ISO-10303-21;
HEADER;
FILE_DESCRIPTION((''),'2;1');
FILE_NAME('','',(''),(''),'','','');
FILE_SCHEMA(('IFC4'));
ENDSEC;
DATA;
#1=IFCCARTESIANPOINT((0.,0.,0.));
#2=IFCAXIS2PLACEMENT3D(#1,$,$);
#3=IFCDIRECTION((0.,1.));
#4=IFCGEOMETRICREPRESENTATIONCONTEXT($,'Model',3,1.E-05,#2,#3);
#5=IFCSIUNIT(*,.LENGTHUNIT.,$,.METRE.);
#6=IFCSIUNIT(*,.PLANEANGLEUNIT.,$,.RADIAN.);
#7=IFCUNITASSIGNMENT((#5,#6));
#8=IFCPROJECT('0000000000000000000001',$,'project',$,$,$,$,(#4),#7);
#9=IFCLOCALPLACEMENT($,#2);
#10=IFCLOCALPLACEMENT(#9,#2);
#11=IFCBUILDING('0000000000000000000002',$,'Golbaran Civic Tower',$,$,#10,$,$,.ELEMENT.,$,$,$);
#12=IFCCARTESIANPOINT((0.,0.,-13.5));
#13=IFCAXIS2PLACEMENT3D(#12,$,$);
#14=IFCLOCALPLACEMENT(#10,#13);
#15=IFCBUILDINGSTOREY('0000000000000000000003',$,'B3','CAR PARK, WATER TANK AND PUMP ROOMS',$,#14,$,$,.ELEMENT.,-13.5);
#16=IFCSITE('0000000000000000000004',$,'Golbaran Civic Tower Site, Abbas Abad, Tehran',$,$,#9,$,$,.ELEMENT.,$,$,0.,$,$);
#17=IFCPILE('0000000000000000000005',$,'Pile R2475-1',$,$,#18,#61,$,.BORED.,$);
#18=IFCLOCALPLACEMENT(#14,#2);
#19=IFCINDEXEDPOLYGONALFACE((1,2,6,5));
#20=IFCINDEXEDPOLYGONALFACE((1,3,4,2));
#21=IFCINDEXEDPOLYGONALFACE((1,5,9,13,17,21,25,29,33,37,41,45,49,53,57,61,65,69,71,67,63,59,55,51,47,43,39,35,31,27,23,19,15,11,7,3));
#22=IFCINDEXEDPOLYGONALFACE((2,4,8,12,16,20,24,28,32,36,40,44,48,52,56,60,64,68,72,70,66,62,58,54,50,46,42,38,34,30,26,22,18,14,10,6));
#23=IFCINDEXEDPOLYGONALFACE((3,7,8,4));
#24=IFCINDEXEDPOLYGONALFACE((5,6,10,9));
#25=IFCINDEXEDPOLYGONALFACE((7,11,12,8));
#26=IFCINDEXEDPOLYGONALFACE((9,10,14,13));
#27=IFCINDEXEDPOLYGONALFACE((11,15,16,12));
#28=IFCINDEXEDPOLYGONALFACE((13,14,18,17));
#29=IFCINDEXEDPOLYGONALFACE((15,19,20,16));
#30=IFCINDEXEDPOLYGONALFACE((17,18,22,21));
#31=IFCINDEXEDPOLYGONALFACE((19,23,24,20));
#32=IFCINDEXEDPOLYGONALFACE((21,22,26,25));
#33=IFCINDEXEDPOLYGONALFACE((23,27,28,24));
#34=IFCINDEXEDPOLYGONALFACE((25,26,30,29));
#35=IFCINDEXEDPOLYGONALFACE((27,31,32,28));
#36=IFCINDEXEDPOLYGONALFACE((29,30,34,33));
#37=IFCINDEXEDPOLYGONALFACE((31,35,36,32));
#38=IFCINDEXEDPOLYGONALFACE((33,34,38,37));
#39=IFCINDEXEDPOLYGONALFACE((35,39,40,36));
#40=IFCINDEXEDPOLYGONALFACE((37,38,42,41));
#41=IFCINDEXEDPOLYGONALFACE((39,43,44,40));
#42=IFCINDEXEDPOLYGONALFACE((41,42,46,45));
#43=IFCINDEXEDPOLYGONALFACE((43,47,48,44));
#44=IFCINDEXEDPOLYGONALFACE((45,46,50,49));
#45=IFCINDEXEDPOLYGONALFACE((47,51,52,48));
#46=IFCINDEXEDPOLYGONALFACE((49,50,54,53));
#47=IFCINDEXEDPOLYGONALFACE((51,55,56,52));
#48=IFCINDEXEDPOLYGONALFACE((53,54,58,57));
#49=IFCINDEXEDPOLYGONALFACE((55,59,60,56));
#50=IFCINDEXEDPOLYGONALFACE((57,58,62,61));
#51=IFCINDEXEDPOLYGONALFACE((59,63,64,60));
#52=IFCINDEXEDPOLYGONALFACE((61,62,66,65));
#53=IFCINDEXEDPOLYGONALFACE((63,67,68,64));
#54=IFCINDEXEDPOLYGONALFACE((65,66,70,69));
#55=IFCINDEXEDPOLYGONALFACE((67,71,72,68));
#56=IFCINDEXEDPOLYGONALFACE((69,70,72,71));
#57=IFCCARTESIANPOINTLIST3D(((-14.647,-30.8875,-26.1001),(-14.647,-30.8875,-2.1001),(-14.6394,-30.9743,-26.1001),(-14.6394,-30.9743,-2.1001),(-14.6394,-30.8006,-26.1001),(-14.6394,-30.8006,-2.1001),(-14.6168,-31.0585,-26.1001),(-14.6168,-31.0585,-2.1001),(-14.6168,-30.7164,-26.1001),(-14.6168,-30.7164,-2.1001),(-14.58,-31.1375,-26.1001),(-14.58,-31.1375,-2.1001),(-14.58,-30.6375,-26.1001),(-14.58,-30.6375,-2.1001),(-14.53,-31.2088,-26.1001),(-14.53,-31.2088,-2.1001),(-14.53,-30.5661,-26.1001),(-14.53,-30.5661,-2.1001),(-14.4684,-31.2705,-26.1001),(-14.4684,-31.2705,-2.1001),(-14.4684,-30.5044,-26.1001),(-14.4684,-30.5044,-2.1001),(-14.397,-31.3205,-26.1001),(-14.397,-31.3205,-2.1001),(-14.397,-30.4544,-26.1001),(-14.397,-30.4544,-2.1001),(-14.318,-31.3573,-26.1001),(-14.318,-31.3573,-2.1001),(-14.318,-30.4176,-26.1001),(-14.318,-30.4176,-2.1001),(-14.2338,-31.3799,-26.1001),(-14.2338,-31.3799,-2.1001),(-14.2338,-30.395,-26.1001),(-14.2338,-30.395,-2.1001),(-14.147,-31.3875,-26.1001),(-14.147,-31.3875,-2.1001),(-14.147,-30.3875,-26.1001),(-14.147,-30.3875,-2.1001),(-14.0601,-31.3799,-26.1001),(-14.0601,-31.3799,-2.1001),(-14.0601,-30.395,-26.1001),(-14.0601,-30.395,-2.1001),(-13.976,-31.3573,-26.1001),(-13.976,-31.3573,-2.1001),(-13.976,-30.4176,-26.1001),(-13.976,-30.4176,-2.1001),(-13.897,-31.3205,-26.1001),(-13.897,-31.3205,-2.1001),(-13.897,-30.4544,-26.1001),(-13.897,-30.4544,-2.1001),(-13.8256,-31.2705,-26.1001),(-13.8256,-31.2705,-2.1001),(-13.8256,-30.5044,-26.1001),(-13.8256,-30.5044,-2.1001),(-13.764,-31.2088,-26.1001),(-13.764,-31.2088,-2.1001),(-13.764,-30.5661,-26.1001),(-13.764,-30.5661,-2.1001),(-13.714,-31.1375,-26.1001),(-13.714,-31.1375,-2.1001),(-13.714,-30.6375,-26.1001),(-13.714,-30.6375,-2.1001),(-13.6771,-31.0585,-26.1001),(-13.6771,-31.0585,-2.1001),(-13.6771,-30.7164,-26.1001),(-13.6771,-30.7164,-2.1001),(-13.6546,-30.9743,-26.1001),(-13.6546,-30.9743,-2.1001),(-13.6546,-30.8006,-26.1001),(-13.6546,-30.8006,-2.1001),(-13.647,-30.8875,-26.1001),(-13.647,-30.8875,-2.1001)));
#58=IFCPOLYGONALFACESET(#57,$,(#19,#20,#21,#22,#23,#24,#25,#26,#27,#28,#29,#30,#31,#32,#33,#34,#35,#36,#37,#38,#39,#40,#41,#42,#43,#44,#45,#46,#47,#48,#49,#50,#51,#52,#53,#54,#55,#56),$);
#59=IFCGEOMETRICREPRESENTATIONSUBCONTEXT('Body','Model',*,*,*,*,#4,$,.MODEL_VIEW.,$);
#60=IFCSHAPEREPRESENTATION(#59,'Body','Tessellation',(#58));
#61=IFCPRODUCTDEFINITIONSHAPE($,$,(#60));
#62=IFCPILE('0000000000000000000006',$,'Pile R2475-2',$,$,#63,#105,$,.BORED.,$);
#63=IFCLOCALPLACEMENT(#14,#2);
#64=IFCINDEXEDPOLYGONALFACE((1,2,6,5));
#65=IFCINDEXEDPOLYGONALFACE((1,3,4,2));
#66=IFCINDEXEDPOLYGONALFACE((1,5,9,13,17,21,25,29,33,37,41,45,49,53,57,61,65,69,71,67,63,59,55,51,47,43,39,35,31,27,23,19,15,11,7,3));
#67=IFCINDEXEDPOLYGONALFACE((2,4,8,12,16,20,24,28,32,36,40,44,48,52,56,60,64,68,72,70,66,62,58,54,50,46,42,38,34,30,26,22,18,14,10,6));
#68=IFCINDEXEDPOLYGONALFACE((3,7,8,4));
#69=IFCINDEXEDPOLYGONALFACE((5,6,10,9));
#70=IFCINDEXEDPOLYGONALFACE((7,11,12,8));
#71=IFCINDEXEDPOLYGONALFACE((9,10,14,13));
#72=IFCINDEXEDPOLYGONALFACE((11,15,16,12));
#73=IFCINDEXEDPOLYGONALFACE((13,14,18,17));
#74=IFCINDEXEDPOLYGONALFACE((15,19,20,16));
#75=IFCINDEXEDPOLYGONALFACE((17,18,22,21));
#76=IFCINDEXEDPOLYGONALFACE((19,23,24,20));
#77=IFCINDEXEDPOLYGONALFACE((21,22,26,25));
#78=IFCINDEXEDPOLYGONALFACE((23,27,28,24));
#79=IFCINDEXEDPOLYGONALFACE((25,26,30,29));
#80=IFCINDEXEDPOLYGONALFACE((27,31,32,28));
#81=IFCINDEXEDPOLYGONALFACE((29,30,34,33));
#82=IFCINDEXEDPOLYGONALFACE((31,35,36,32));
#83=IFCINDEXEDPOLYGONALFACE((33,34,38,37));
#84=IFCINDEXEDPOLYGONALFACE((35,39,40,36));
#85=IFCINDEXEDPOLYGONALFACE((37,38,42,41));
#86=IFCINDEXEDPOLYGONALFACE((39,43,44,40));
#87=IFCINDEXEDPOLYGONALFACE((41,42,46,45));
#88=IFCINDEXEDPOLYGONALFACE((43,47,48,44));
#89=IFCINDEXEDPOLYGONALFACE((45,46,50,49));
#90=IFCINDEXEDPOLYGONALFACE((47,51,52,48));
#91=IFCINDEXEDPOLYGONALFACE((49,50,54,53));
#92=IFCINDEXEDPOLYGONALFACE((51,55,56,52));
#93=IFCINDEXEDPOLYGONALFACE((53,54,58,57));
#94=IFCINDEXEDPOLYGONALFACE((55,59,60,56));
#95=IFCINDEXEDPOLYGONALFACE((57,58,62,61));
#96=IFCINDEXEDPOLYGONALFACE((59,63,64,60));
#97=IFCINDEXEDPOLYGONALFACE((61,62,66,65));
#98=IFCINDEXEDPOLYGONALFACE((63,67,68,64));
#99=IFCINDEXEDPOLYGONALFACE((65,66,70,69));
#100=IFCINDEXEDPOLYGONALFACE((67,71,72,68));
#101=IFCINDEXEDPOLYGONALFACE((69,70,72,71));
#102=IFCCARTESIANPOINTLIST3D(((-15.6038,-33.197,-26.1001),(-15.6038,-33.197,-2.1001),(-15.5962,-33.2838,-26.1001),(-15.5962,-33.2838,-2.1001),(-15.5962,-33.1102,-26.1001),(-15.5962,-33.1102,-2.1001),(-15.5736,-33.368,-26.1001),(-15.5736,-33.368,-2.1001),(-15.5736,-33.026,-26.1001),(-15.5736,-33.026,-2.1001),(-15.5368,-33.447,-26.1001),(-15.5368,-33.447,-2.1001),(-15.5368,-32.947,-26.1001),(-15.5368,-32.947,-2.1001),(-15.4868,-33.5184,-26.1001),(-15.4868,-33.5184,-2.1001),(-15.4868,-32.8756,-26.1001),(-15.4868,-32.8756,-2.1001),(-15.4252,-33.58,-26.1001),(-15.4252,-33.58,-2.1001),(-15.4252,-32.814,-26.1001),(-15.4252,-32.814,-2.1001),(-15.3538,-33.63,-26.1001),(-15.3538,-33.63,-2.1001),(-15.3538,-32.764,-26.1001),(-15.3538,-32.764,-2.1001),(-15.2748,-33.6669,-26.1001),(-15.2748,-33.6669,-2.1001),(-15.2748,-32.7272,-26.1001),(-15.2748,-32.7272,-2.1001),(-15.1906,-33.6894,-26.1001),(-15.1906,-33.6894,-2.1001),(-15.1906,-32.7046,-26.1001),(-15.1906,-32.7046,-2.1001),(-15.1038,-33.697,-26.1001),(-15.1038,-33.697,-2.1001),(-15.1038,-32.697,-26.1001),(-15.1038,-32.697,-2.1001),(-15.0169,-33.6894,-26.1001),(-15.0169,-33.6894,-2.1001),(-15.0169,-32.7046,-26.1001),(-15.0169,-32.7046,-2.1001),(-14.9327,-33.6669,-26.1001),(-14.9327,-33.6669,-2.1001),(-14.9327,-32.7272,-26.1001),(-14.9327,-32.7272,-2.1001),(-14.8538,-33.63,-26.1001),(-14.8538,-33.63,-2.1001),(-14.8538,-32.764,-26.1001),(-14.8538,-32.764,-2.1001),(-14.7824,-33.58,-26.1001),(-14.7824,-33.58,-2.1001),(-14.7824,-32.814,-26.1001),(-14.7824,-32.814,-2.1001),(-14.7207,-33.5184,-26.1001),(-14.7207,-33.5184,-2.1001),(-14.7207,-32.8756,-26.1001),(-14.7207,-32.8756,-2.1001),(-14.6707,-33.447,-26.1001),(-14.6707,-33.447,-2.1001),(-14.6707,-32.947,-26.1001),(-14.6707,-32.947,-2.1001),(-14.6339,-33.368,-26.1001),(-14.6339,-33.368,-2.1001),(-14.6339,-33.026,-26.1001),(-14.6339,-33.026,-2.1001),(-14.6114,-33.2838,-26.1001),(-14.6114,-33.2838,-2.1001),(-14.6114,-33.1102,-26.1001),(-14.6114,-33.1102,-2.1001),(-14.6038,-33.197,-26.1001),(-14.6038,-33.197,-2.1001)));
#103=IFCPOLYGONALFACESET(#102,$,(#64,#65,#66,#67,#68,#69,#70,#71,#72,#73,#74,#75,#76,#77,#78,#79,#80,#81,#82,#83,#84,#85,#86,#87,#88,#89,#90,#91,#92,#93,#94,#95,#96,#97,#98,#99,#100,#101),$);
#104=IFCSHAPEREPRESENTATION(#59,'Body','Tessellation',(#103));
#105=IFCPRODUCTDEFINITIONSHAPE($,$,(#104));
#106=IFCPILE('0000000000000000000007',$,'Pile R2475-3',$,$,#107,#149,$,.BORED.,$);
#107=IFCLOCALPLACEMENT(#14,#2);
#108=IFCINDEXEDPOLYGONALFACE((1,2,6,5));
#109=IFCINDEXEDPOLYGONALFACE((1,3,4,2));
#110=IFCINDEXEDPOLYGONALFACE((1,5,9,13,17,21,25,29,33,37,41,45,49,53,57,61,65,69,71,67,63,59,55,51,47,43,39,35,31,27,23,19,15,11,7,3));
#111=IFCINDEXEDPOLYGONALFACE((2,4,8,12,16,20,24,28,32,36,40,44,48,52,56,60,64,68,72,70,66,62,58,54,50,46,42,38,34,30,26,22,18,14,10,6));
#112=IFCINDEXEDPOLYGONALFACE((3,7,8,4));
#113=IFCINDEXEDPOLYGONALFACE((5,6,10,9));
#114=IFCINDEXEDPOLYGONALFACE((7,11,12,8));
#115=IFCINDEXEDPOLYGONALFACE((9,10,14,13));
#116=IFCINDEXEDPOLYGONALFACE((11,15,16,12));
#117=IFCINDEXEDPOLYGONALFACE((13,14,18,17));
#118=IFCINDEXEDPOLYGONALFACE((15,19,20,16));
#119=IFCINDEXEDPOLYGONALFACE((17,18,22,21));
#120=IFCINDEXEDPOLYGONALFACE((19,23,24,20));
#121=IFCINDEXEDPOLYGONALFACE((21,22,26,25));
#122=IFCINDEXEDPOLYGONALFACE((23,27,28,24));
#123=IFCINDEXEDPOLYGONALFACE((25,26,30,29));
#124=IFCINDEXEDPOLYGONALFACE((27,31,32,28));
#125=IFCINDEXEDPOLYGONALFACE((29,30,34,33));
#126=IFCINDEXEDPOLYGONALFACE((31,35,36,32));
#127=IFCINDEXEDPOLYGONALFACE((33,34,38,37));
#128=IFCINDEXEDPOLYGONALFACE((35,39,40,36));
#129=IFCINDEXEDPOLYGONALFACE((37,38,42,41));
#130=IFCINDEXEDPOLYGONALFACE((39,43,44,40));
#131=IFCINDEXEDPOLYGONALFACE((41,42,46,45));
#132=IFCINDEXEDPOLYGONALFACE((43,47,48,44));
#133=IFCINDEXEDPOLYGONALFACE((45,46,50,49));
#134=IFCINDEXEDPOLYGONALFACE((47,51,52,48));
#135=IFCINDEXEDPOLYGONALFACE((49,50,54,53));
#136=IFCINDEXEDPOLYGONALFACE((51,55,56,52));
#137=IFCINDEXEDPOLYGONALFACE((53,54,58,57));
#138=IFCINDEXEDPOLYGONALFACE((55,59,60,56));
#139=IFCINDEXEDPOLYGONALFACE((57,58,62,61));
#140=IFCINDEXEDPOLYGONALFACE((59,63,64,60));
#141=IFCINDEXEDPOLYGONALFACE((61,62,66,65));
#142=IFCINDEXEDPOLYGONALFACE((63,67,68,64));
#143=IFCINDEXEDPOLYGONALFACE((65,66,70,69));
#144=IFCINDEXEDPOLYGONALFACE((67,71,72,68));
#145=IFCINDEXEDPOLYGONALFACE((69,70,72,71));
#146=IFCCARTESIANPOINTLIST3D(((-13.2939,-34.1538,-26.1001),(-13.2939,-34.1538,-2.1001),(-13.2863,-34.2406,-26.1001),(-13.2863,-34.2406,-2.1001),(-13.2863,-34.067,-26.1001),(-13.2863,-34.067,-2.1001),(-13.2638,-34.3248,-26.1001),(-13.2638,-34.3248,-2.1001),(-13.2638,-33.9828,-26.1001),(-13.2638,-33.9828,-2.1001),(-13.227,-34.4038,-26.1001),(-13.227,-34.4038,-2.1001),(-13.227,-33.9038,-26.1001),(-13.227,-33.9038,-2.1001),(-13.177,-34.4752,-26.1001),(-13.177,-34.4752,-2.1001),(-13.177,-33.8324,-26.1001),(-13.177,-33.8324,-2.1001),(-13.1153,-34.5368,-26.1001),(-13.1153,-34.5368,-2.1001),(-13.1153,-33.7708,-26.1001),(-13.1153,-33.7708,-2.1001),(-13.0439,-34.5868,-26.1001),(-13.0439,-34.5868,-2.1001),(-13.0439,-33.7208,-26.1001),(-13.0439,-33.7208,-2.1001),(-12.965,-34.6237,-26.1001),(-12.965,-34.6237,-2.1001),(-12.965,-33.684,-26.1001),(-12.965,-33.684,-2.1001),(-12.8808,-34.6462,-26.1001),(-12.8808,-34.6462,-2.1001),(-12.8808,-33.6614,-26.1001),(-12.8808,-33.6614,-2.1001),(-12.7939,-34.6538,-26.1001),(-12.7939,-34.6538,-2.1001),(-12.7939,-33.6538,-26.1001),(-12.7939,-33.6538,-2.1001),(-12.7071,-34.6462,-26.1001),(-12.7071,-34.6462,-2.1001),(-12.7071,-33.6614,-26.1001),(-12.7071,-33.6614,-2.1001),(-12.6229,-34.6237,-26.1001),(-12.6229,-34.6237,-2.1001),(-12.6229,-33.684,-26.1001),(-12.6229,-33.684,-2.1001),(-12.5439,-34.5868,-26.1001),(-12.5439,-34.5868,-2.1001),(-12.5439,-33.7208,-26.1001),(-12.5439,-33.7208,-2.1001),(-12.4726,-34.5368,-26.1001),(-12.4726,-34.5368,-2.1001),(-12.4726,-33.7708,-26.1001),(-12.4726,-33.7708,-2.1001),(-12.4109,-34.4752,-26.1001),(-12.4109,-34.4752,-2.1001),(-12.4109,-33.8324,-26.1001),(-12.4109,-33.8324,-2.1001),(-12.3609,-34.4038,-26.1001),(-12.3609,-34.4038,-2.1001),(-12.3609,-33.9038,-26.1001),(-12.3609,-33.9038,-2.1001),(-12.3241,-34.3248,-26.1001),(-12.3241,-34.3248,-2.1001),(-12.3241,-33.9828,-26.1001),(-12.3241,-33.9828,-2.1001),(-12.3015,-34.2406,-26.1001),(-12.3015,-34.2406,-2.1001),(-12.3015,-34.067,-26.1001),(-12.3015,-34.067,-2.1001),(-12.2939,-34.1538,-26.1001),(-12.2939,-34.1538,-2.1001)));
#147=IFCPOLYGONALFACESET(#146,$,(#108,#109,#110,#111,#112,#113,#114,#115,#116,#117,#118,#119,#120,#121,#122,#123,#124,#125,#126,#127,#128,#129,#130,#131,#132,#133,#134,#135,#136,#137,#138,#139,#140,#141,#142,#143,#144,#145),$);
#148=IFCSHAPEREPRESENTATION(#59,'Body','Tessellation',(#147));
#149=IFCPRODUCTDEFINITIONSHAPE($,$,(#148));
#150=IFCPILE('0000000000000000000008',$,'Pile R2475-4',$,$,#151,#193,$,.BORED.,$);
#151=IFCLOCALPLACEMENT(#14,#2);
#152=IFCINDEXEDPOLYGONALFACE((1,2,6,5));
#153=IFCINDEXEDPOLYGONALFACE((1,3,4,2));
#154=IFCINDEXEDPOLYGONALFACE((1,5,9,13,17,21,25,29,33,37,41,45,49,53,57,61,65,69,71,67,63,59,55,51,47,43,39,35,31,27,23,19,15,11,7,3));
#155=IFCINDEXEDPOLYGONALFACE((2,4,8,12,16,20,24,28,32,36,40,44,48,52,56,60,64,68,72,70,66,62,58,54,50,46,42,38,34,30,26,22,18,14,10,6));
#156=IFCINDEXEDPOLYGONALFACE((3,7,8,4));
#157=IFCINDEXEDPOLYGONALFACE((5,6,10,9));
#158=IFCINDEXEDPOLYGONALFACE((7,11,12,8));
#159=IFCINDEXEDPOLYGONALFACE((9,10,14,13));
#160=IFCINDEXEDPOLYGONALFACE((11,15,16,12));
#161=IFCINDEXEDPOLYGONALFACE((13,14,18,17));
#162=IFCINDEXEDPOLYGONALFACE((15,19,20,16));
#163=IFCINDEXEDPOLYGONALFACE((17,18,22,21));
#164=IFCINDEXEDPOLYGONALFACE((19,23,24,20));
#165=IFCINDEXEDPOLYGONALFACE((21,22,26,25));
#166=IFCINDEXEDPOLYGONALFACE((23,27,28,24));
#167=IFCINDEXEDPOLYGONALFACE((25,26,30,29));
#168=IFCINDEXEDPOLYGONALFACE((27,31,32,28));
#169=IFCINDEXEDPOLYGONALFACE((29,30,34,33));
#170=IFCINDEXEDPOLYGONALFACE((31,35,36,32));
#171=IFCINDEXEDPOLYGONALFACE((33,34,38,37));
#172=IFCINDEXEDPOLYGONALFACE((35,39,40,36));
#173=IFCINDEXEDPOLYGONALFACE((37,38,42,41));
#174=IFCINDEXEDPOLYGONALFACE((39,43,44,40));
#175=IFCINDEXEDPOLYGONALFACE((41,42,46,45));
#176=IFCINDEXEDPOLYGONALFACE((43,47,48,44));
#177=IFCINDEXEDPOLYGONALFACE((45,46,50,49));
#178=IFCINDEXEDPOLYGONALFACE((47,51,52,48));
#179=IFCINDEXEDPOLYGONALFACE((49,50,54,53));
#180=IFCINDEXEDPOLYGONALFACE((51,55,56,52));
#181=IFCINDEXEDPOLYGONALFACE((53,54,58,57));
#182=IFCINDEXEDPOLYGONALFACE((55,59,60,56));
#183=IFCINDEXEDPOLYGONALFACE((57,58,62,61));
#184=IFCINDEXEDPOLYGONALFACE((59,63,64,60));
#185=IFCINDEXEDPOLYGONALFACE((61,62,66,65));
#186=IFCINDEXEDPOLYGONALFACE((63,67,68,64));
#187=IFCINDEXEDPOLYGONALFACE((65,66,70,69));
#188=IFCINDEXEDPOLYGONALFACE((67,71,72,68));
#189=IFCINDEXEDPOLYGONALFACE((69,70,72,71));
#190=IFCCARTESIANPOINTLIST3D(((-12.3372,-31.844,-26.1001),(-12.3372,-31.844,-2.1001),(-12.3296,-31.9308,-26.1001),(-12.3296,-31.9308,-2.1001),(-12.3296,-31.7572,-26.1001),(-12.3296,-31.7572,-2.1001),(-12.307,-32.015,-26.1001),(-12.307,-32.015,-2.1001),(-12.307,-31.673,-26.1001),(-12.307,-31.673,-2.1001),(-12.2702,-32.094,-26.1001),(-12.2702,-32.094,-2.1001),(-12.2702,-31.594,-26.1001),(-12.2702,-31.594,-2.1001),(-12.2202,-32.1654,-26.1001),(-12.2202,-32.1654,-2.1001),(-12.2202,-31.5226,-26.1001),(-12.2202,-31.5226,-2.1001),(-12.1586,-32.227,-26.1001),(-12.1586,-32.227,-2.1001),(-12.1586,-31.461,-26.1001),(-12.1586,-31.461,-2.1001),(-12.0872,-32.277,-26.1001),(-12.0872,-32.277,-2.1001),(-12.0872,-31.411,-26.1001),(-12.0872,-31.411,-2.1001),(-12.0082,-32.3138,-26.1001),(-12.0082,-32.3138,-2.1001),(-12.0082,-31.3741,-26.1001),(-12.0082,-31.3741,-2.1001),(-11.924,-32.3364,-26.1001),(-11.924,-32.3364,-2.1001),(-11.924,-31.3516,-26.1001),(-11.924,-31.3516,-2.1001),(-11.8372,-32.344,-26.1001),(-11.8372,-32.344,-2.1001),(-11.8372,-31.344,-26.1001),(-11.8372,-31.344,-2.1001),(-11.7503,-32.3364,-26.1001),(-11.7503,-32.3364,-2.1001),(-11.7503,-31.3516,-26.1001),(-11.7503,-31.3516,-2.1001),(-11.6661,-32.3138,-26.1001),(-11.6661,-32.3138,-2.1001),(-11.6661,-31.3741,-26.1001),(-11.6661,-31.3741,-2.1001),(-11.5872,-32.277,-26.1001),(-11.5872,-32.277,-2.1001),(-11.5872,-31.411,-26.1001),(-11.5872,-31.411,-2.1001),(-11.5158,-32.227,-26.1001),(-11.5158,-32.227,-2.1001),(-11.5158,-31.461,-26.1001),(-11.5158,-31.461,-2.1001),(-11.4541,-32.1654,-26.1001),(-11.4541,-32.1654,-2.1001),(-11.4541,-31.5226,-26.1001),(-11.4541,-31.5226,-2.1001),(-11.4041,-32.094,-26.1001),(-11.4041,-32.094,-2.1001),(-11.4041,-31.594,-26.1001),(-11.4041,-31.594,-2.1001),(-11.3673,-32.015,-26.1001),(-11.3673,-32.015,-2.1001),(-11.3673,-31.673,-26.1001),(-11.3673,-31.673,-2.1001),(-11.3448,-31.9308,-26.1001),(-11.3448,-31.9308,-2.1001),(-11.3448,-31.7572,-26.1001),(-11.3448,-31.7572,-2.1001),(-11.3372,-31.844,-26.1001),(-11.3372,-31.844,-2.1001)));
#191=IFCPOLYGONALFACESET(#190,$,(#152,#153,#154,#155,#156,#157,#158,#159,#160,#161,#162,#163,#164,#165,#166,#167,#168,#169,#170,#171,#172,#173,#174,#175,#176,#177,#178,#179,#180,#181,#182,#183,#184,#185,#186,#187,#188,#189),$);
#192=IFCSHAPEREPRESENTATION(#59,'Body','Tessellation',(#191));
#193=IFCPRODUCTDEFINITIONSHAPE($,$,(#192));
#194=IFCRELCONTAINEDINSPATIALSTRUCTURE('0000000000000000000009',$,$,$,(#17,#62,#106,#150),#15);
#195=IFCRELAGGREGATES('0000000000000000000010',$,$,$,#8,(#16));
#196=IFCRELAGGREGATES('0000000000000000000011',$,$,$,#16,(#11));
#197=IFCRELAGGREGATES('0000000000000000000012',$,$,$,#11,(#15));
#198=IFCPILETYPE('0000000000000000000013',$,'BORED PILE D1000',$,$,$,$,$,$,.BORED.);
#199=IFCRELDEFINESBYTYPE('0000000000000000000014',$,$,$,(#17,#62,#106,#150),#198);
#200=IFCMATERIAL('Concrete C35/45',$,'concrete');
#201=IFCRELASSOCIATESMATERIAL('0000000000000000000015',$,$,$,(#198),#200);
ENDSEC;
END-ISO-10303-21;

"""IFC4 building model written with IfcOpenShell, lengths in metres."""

from ifc_helpers import new_model, si_unit, direction, frame, origin, origin_2d, place, context, subcontext, project, spatial, circle, extrude, material, material_profile, profile_set, type_object, element, save


model = new_model("IFC4")

# Units and contexts
model_context = context("Model", 3, precision=1e-05, world=origin(), true_north=direction((0.0, 1.0)))
body_context = subcontext(model_context, "Body", "Model", "MODEL_VIEW")
ifc_project = project(units=[si_unit("LENGTHUNIT", "METRE"), si_unit("PLANEANGLEUNIT", "RADIAN")], contexts=[model_context])

# Site, building, storey
site_placement = place(None, origin())
site = spatial("IfcSite", under=ifc_project, at=site_placement, Name="Golbaran Civic Tower Site, Abbas Abad, Tehran", CompositionType="ELEMENT", RefElevation=0.0)
building_placement = place(site_placement, origin())
building = spatial("IfcBuilding", under=site, at=building_placement, Name="Golbaran Civic Tower", CompositionType="ELEMENT")
storey_placement = place(building_placement, frame((0.0, 0.0, -13.5)))
storey = spatial("IfcBuildingStorey", under=building, at=storey_placement, Name="B3", Description="CAR PARK, WATER TANK AND PUMP ROOMS", CompositionType="ELEMENT", Elevation=-13.5)

# Piles
ifc_material_1 = material(Name="Concrete C35/45", Category="concrete")
ifc_material_profile_1 = material_profile(ifc_material_1, circle(Radius=0.5, at=origin_2d()), Name="BORED PILE D1000")
ifc_profile_set_1 = profile_set([ifc_material_profile_1], Name="Concrete C35/45")
pile_type_1 = type_object("IfcPileType", Name="BORED PILE D1000", PredefinedType="BORED", material=ifc_profile_set_1)
for number, where, z_axis, x_axis, name in (
    (1, (-14.147, -30.8875, -2.1001), (0.0, 0.0, -1.0), (1.0, 0.0, 0.0), "Pile R2475-1"),
    (2, (-15.1038, -33.197, -2.1001), (0.0, 0.0, -1.0), (1.0, 0.0, 0.0), "Pile R2475-2"),
    (3, (-12.7939, -34.1538, -2.1001), (0.0, 0.0, -1.0), (1.0, 0.0, 0.0), "Pile R2475-3"),
    (4, (-11.8372, -31.844, -2.1001), (0.0, 0.0, -1.0), (1.0, 0.0, 0.0), "Pile R2475-4"),
):
    element("IfcPile", number, at=place(storey_placement, frame(where, z_axis=z_axis, x_axis=x_axis)), inside=storey, type_object=pile_type_1, Name=name, PredefinedType="BORED", context=body_context, shape_type="SweptSolid", body=[
        extrude(circle(Radius=0.5, at=origin_2d()), origin(), (0.0, 0.0, 1.0), 24.0),
    ])

save(model, "model.ifc")
